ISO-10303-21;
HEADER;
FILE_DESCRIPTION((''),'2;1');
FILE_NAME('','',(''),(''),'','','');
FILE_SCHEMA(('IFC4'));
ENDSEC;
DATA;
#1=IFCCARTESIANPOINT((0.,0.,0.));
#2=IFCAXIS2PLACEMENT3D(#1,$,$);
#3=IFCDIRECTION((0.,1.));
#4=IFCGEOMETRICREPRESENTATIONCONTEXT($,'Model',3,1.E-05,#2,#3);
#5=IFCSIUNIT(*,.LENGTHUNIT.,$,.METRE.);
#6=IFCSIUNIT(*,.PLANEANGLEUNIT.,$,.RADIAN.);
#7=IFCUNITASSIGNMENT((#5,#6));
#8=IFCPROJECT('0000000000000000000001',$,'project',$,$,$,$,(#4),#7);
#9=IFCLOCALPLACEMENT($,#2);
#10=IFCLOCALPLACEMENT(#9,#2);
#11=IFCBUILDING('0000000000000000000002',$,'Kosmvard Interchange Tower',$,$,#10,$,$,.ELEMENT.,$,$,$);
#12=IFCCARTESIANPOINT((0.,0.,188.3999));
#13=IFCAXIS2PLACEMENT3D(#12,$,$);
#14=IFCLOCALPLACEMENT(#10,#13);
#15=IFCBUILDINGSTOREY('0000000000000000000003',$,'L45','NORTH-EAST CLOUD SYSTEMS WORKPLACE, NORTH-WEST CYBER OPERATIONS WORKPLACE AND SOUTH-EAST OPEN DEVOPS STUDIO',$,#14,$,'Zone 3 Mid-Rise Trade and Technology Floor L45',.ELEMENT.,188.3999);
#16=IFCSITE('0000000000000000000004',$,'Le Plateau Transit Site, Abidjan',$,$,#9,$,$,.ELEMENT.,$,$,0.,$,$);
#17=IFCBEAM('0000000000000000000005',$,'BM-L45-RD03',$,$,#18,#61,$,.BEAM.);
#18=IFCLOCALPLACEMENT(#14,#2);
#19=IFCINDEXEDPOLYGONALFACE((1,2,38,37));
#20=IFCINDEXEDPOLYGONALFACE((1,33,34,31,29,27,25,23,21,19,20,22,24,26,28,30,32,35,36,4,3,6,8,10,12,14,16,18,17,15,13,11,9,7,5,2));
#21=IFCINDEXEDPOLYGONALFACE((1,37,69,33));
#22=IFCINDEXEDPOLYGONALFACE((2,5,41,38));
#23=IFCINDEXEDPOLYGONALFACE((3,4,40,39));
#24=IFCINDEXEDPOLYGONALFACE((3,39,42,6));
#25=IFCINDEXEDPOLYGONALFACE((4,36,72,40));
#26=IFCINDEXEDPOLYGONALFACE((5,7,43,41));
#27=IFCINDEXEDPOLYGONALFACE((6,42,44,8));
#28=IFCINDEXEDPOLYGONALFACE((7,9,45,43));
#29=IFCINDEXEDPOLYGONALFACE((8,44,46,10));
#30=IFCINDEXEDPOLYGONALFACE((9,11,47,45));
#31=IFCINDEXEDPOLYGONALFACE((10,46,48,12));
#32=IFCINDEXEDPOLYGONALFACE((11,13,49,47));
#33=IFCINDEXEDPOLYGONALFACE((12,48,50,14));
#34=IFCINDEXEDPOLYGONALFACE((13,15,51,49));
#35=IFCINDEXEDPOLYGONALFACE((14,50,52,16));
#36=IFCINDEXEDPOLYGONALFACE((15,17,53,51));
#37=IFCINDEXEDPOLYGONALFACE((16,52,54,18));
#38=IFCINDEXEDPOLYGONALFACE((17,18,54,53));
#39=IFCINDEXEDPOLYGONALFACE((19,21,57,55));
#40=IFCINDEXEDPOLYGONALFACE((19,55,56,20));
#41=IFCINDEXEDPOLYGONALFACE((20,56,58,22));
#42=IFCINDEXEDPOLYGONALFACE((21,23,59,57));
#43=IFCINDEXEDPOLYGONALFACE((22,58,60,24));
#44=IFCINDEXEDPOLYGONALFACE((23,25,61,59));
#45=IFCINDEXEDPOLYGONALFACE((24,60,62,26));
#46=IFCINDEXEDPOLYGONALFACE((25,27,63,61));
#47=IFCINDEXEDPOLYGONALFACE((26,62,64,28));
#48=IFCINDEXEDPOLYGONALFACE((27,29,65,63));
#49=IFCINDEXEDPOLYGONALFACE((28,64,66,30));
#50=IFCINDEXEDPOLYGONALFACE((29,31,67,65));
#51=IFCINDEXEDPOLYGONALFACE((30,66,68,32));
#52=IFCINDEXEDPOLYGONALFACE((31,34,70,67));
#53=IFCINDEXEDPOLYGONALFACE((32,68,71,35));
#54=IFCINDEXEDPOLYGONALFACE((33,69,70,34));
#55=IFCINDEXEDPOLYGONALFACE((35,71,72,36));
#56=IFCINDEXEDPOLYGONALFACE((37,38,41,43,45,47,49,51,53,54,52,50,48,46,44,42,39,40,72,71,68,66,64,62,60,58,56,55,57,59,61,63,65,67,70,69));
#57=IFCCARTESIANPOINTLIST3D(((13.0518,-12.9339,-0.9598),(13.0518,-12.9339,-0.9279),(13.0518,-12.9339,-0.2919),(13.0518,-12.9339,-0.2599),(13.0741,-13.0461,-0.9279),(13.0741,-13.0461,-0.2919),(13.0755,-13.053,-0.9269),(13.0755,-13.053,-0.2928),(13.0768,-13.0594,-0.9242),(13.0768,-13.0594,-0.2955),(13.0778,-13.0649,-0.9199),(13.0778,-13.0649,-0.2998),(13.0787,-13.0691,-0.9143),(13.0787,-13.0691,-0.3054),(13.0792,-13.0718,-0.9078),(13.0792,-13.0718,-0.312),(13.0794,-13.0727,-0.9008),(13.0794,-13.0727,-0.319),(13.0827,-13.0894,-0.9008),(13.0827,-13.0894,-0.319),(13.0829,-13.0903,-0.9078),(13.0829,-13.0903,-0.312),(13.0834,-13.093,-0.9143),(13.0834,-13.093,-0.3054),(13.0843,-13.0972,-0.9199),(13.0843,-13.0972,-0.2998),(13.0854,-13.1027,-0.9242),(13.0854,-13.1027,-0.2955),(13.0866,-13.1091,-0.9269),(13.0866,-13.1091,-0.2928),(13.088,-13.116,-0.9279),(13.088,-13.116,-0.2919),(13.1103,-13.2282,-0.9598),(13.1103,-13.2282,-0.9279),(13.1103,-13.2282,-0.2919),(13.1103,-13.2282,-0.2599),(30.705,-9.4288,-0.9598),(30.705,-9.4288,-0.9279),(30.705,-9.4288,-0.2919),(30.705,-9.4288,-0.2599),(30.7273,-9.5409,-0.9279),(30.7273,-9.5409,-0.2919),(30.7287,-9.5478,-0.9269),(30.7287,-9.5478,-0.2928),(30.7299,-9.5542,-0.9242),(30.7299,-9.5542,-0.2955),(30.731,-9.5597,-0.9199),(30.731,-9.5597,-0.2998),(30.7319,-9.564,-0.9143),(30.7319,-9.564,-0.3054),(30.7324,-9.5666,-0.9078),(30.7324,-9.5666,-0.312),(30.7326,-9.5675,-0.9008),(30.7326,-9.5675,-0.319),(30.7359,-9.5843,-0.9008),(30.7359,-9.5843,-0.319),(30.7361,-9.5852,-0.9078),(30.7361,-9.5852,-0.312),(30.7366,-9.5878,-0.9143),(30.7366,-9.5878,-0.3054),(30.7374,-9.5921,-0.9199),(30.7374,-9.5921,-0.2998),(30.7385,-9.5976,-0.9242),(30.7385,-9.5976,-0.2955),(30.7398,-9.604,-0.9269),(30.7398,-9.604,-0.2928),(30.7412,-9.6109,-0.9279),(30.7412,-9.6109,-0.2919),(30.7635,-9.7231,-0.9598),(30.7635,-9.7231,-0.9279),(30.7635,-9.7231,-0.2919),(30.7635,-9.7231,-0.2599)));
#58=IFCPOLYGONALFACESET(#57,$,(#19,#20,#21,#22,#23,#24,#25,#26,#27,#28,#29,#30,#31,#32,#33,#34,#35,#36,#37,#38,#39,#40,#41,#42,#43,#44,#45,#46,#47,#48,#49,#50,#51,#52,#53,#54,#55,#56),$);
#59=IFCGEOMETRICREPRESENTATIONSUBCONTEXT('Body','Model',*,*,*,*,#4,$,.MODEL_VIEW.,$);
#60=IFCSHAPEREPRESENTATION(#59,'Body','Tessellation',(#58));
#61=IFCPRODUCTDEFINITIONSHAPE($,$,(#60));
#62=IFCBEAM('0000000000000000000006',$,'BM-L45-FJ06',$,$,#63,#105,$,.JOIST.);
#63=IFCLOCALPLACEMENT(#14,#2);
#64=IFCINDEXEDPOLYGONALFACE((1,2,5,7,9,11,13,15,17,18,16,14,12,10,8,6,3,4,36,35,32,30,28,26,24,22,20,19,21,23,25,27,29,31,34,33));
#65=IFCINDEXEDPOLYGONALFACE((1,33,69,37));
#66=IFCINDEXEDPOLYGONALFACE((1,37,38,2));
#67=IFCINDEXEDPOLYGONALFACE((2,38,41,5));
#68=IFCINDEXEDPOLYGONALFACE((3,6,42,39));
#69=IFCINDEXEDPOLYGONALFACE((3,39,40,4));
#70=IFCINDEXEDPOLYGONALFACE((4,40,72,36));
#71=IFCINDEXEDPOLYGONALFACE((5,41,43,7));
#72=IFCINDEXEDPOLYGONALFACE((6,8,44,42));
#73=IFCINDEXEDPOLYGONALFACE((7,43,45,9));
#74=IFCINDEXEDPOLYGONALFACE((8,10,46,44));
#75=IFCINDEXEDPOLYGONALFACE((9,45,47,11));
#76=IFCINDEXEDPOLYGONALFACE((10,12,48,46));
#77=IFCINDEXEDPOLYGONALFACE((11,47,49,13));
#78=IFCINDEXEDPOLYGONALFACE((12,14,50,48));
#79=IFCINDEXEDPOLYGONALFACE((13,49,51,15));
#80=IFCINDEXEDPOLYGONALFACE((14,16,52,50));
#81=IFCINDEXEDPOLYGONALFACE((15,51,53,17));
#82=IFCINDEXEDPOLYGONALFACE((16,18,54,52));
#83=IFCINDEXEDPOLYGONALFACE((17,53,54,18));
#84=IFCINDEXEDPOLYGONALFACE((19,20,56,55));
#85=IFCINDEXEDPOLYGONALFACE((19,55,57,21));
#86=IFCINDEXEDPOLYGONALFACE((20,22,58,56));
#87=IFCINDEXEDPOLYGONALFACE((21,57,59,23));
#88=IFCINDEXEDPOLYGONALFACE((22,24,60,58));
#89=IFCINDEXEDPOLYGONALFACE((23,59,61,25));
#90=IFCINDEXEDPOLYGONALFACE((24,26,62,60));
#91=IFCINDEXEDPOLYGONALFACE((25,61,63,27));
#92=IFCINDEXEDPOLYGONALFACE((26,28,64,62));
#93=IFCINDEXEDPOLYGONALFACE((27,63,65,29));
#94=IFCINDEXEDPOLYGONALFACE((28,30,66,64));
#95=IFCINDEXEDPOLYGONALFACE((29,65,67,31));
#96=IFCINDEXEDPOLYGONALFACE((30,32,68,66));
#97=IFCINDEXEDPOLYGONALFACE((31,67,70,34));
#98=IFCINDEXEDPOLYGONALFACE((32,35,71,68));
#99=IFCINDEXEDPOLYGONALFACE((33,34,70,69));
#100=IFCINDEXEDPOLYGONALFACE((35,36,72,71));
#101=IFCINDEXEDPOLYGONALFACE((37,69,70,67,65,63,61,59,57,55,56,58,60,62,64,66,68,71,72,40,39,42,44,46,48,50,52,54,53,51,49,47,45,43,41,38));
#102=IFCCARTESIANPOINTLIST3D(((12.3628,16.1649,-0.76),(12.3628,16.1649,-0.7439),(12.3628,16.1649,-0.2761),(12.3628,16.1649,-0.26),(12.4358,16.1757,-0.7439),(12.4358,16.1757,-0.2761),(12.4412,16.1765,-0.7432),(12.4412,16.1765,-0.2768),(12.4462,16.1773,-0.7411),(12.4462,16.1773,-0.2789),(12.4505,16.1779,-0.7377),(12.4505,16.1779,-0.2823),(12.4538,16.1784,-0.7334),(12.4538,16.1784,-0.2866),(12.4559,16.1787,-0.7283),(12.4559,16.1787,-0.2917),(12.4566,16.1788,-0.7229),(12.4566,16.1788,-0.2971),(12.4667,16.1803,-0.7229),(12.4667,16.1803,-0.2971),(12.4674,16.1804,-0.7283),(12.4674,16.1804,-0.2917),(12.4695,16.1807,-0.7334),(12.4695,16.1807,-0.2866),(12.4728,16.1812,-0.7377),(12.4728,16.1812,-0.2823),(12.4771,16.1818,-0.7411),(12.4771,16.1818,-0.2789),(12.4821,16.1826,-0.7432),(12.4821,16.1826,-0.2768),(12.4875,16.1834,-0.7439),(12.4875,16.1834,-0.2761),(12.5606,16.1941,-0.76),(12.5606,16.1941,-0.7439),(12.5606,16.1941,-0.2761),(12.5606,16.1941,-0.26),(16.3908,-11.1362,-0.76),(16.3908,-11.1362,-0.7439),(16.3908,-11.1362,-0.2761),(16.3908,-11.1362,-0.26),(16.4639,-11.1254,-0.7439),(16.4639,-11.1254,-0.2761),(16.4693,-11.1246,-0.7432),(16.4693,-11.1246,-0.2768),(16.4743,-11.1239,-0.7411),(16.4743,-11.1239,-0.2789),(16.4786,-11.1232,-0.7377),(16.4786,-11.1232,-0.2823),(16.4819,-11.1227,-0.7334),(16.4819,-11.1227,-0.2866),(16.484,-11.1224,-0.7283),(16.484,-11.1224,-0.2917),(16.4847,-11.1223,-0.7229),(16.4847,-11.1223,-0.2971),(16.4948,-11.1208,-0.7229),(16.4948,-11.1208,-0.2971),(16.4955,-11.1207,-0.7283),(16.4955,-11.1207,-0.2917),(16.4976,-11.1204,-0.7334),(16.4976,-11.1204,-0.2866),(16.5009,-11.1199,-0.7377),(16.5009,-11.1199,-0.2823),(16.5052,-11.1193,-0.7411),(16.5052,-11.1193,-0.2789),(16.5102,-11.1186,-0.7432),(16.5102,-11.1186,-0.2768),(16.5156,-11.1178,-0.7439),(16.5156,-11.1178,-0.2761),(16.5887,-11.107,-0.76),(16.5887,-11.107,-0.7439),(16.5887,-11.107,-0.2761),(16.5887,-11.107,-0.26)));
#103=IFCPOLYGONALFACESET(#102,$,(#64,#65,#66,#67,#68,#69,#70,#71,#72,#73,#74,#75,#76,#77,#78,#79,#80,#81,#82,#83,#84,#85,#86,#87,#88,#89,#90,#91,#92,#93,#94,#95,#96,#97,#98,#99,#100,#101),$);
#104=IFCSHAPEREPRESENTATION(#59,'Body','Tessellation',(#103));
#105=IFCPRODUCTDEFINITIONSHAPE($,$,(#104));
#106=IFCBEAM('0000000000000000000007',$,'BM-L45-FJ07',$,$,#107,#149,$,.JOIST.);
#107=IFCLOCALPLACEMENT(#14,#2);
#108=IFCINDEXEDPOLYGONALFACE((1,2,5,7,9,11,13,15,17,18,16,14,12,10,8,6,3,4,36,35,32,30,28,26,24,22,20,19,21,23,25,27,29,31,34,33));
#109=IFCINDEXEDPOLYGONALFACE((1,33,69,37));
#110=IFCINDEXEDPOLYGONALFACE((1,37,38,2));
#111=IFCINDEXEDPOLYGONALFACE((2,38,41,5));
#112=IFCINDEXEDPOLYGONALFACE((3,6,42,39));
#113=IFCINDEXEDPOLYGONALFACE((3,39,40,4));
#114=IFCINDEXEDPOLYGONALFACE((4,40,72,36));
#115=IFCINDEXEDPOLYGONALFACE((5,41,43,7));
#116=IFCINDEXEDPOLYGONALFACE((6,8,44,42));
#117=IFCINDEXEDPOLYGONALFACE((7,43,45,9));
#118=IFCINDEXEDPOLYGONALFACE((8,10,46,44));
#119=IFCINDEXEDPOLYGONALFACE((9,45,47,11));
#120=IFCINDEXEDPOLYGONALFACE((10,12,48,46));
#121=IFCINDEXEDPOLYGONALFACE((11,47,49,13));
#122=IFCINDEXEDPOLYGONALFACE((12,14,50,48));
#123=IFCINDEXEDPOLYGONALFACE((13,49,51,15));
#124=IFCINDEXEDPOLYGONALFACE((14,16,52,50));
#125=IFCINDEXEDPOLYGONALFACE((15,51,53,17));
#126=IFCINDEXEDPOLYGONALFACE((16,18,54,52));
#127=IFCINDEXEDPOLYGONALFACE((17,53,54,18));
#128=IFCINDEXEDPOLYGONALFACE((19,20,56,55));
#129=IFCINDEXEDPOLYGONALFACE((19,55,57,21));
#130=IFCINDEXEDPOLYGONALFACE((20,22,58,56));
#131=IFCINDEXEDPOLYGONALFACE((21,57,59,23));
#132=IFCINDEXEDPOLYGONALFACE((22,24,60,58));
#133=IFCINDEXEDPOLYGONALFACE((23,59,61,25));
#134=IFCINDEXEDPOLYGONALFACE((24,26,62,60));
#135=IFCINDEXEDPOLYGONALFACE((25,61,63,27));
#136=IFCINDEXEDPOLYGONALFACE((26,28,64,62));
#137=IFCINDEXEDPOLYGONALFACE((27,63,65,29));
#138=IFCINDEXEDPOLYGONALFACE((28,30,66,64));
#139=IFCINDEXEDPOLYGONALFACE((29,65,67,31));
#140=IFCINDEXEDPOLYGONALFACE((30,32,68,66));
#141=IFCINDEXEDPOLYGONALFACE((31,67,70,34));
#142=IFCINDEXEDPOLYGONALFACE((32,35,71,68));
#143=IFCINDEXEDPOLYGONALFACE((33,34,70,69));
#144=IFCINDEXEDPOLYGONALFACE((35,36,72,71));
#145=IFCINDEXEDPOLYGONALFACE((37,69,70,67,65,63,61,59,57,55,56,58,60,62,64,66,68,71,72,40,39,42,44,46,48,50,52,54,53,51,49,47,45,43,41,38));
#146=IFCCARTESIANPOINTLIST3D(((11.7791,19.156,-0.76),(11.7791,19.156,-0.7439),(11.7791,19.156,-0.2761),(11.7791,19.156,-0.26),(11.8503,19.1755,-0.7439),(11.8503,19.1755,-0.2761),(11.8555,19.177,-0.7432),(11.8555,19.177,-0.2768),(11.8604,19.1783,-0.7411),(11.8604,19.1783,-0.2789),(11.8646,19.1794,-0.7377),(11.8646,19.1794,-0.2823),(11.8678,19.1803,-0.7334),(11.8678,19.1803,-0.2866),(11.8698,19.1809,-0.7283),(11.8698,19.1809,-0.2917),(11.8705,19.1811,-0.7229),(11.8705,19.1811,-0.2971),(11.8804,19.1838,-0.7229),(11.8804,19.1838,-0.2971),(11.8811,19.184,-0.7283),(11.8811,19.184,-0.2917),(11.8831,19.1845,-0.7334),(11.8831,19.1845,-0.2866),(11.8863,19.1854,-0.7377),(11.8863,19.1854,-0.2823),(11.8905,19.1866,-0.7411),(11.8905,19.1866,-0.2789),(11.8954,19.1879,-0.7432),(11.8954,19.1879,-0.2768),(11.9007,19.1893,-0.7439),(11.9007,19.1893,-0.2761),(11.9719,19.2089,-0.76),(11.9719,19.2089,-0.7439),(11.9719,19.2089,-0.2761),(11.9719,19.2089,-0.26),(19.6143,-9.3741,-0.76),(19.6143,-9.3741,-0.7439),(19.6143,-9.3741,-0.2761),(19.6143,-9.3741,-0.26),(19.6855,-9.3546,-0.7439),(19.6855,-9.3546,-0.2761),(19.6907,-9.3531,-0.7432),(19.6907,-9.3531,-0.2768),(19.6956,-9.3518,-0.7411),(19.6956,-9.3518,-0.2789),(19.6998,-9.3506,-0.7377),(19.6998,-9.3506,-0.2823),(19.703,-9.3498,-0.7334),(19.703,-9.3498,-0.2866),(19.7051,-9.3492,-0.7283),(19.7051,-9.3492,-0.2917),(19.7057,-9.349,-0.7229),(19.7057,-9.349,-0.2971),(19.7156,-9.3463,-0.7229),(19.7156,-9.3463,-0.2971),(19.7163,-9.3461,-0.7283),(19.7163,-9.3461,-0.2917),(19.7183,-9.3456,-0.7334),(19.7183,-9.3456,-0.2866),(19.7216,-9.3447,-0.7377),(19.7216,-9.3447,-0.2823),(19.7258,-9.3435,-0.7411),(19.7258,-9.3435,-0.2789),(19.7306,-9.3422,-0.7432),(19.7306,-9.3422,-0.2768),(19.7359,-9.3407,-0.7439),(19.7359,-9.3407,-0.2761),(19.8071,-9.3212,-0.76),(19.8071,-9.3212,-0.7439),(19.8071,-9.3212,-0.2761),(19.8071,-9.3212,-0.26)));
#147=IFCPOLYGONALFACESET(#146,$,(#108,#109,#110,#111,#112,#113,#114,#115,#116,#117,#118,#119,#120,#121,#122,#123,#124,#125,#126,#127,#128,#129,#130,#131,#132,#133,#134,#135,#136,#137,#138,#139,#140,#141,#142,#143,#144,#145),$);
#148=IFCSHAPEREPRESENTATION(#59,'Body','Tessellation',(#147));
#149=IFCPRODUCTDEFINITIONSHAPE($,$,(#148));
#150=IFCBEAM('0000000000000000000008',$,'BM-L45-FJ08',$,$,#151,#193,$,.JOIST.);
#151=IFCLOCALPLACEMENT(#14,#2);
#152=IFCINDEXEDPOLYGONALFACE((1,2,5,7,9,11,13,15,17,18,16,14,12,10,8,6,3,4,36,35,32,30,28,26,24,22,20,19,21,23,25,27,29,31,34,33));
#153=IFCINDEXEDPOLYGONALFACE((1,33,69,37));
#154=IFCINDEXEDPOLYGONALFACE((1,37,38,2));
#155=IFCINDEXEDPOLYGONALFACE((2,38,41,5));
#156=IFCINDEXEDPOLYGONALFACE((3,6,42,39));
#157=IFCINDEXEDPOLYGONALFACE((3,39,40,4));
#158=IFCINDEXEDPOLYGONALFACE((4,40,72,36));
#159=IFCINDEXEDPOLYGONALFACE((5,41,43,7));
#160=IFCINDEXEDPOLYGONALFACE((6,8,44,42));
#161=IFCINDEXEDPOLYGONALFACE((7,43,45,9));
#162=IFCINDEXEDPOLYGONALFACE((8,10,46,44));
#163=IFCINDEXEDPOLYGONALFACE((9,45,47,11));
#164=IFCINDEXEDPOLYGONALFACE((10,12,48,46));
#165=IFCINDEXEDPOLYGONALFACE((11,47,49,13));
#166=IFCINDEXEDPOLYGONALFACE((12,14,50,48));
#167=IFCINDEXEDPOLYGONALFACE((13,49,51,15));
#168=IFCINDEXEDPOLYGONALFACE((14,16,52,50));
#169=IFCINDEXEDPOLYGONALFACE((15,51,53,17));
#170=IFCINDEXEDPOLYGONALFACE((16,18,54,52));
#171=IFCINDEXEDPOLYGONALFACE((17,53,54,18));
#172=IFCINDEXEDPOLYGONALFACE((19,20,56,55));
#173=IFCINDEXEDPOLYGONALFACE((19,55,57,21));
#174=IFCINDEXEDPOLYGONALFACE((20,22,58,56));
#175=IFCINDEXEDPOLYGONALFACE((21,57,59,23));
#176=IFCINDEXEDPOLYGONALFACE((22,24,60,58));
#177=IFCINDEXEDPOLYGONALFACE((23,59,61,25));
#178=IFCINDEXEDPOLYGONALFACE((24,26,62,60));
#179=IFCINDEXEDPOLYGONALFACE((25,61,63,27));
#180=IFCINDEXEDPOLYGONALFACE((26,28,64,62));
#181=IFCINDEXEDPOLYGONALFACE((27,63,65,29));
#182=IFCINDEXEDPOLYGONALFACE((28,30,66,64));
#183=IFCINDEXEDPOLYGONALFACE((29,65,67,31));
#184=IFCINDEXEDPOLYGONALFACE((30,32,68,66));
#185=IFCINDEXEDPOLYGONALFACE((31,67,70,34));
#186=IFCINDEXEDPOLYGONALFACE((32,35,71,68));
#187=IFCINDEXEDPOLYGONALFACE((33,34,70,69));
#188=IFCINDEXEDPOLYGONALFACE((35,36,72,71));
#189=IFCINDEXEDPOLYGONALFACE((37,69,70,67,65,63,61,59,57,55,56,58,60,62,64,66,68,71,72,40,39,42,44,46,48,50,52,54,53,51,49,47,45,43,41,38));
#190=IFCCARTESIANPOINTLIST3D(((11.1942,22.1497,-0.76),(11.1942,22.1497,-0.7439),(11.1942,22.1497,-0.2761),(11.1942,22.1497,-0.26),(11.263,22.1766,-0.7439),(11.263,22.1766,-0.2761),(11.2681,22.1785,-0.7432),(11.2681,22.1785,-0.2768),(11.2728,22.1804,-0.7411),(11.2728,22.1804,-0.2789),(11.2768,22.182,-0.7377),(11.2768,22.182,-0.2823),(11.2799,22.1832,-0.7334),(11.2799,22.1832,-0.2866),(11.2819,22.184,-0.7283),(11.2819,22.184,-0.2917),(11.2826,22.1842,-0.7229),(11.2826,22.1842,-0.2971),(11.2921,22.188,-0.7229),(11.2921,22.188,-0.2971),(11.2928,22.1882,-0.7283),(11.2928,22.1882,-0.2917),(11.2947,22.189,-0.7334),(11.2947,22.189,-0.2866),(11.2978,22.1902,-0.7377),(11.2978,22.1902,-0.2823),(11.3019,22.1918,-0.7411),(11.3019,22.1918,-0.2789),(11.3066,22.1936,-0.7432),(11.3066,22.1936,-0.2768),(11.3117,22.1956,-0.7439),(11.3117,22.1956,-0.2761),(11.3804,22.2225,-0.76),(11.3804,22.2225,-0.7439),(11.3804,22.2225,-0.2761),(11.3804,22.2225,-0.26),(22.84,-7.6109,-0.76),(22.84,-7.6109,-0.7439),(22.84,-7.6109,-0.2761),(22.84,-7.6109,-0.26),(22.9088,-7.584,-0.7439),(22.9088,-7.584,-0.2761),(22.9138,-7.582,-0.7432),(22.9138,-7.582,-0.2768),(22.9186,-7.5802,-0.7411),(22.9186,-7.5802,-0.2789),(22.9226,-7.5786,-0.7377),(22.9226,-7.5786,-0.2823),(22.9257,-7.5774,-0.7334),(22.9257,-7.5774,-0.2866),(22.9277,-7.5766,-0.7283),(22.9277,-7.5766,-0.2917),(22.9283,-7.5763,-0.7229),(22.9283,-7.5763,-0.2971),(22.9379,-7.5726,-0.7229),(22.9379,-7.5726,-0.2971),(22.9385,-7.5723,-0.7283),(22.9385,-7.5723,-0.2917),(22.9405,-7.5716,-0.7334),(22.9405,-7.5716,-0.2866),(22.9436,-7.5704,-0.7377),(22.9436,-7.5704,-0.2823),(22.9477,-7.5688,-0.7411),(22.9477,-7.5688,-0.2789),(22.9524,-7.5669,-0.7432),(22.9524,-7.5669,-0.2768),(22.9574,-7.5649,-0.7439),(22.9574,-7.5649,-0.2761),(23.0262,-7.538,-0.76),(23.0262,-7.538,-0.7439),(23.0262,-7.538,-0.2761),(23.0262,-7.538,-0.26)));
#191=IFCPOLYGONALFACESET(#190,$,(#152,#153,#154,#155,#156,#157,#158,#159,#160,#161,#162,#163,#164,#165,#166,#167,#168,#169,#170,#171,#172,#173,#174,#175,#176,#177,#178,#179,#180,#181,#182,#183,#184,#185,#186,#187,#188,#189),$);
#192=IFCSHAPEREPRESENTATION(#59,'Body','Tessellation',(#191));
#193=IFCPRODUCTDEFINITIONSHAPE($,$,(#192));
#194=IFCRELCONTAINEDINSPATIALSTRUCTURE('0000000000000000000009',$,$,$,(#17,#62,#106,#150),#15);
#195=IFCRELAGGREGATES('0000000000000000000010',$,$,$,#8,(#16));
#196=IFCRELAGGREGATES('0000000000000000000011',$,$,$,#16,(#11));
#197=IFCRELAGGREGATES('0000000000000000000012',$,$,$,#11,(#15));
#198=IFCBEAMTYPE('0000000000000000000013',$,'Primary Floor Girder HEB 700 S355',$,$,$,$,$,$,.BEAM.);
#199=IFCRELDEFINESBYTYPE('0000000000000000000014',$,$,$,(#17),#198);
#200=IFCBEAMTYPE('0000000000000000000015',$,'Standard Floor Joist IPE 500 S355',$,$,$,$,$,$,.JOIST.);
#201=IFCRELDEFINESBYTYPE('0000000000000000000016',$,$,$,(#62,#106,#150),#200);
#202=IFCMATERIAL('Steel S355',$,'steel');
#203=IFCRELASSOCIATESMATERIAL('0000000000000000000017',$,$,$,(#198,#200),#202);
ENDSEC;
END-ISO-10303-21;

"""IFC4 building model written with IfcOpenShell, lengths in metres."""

from ifc_helpers import new_model, si_unit, direction, frame, origin, origin_2d, place, context, subcontext, project, spatial, i_section, extrude, source, transform, mapped, material, material_profile, profile_set, type_object, element, save


model = new_model("IFC4")

# Units and contexts
model_context = context("Model", 3, precision=1e-05, world=origin(), true_north=direction((0.0, 1.0)))
body_context = subcontext(model_context, "Body", "Model", "MODEL_VIEW")
ifc_project = project(units=[si_unit("LENGTHUNIT", "METRE"), si_unit("PLANEANGLEUNIT", "RADIAN")], contexts=[model_context])

# Site, building, storey
site_placement = place(None, origin())
site = spatial("IfcSite", under=ifc_project, at=site_placement, Name="Le Plateau Transit Site, Abidjan", CompositionType="ELEMENT", RefElevation=0.0)
building_placement = place(site_placement, origin())
building = spatial("IfcBuilding", under=site, at=building_placement, Name="Kosmvard Interchange Tower", CompositionType="ELEMENT")
storey_placement = place(building_placement, frame((0.0, 0.0, 188.3999)))
storey = spatial("IfcBuildingStorey", under=building, at=storey_placement, Name="L45", Description="NORTH-EAST CLOUD SYSTEMS WORKPLACE, NORTH-WEST CYBER OPERATIONS WORKPLACE AND SOUTH-EAST OPEN DEVOPS STUDIO", LongName="Zone 3 Mid-Rise Trade and Technology Floor L45", CompositionType="ELEMENT", Elevation=188.3999)

# Beams
ifc_material_1 = material(Name="Steel S355", Category="steel")
ifc_material_profile_1 = material_profile(ifc_material_1, i_section(OverallWidth=0.3, OverallDepth=0.7, WebThickness=0.0171, FlangeThickness=0.032, FilletRadius=0.0271, at=origin_2d()), Name="HEB 700")
ifc_profile_set_1 = profile_set([ifc_material_profile_1], Name="Steel S355")
beam_type_1 = type_object("IfcBeamType", Name="Primary Floor Girder HEB 700 S355", PredefinedType="BEAM", material=ifc_profile_set_1)
shared_shape_1 = source(origin(), body_context, "Body", "SweptSolid", [
    extrude(i_section(OverallWidth=0.3, OverallDepth=0.7, WebThickness=0.0171, FlangeThickness=0.032, FilletRadius=0.0271, at=origin_2d()), origin(), (0.0, 0.0, 1.0), 17.9978),
])
beam_1_placement = place(storey_placement, frame((13.0811, -13.0811, -0.6099), z_axis=(0.980852, 0.194754, 0.0), x_axis=(-0.194754, 0.980852, 0.0)))
element("IfcBeam", 1, at=beam_1_placement, inside=storey, type_object=beam_type_1, Name="BM-L45-RD03", PredefinedType="BEAM", context=body_context, shape_type="MappedRepresentation", body=[
    mapped(shared_shape_1, transform((0.0, 0.0, 0.0), scale=1.0)),
])
ifc_material_profile_2 = material_profile(ifc_material_1, i_section(OverallWidth=0.2, OverallDepth=0.5, WebThickness=0.0103, FlangeThickness=0.0161, FilletRadius=0.021, at=origin_2d()), Name="IPE 500")
ifc_profile_set_2 = profile_set([ifc_material_profile_2], Name="Steel S355")
beam_type_2 = type_object("IfcBeamType", Name="Standard Floor Joist IPE 500 S355", PredefinedType="JOIST", material=ifc_profile_set_2)
shared_shape_2 = source(origin(), body_context, "Body", "SweptSolid", [
    extrude(i_section(OverallWidth=0.2, OverallDepth=0.5, WebThickness=0.0103, FlangeThickness=0.0161, FilletRadius=0.021, at=origin_2d()), origin(), (0.0, 0.0, 1.0), 27.5967),
])
beam_2_placement = place(storey_placement, frame((16.4897, -11.1216, -0.51), z_axis=(-0.145963, 0.98929, 0.0), x_axis=(-0.98929, -0.145963, 0.0)))
element("IfcBeam", 2, at=beam_2_placement, inside=storey, type_object=beam_type_2, Name="BM-L45-FJ06", PredefinedType="JOIST", context=body_context, shape_type="MappedRepresentation", body=[
    mapped(shared_shape_2, transform((0.0, 0.0, 0.0), scale=1.0)),
])
shared_shape_3 = source(origin(), body_context, "Body", "SweptSolid", [
    extrude(i_section(OverallWidth=0.2, OverallDepth=0.5, WebThickness=0.0103, FlangeThickness=0.0161, FilletRadius=0.021, at=origin_2d()), origin(), (0.0, 0.0, 1.0), 29.5864),
])
beam_3_placement = place(storey_placement, frame((19.7107, -9.3477, -0.51), z_axis=(-0.264825, 0.964297, 0.0), x_axis=(-0.964297, -0.264825, 0.0)))
element("IfcBeam", 3, at=beam_3_placement, inside=storey, type_object=beam_type_2, Name="BM-L45-FJ07", PredefinedType="JOIST", context=body_context, shape_type="MappedRepresentation", body=[
    mapped(shared_shape_3, transform((0.0, 0.0, 0.0), scale=1.0)),
])
shared_shape_4 = source(origin(), body_context, "Body", "SweptSolid", [
    extrude(i_section(OverallWidth=0.2, OverallDepth=0.5, WebThickness=0.0103, FlangeThickness=0.0161, FilletRadius=0.021, at=origin_2d()), origin(), (0.0, 0.0, 1.0), 31.958),
])
beam_4_placement = place(storey_placement, frame((22.9331, -7.5745, -0.51), z_axis=(-0.364409, 0.931239, 0.0), x_axis=(-0.931239, -0.364409, 0.0)))
element("IfcBeam", 4, at=beam_4_placement, inside=storey, type_object=beam_type_2, Name="BM-L45-FJ08", PredefinedType="JOIST", context=body_context, shape_type="MappedRepresentation", body=[
    mapped(shared_shape_4, transform((0.0, 0.0, 0.0), scale=1.0)),
])

save(model, "model.ifc")
